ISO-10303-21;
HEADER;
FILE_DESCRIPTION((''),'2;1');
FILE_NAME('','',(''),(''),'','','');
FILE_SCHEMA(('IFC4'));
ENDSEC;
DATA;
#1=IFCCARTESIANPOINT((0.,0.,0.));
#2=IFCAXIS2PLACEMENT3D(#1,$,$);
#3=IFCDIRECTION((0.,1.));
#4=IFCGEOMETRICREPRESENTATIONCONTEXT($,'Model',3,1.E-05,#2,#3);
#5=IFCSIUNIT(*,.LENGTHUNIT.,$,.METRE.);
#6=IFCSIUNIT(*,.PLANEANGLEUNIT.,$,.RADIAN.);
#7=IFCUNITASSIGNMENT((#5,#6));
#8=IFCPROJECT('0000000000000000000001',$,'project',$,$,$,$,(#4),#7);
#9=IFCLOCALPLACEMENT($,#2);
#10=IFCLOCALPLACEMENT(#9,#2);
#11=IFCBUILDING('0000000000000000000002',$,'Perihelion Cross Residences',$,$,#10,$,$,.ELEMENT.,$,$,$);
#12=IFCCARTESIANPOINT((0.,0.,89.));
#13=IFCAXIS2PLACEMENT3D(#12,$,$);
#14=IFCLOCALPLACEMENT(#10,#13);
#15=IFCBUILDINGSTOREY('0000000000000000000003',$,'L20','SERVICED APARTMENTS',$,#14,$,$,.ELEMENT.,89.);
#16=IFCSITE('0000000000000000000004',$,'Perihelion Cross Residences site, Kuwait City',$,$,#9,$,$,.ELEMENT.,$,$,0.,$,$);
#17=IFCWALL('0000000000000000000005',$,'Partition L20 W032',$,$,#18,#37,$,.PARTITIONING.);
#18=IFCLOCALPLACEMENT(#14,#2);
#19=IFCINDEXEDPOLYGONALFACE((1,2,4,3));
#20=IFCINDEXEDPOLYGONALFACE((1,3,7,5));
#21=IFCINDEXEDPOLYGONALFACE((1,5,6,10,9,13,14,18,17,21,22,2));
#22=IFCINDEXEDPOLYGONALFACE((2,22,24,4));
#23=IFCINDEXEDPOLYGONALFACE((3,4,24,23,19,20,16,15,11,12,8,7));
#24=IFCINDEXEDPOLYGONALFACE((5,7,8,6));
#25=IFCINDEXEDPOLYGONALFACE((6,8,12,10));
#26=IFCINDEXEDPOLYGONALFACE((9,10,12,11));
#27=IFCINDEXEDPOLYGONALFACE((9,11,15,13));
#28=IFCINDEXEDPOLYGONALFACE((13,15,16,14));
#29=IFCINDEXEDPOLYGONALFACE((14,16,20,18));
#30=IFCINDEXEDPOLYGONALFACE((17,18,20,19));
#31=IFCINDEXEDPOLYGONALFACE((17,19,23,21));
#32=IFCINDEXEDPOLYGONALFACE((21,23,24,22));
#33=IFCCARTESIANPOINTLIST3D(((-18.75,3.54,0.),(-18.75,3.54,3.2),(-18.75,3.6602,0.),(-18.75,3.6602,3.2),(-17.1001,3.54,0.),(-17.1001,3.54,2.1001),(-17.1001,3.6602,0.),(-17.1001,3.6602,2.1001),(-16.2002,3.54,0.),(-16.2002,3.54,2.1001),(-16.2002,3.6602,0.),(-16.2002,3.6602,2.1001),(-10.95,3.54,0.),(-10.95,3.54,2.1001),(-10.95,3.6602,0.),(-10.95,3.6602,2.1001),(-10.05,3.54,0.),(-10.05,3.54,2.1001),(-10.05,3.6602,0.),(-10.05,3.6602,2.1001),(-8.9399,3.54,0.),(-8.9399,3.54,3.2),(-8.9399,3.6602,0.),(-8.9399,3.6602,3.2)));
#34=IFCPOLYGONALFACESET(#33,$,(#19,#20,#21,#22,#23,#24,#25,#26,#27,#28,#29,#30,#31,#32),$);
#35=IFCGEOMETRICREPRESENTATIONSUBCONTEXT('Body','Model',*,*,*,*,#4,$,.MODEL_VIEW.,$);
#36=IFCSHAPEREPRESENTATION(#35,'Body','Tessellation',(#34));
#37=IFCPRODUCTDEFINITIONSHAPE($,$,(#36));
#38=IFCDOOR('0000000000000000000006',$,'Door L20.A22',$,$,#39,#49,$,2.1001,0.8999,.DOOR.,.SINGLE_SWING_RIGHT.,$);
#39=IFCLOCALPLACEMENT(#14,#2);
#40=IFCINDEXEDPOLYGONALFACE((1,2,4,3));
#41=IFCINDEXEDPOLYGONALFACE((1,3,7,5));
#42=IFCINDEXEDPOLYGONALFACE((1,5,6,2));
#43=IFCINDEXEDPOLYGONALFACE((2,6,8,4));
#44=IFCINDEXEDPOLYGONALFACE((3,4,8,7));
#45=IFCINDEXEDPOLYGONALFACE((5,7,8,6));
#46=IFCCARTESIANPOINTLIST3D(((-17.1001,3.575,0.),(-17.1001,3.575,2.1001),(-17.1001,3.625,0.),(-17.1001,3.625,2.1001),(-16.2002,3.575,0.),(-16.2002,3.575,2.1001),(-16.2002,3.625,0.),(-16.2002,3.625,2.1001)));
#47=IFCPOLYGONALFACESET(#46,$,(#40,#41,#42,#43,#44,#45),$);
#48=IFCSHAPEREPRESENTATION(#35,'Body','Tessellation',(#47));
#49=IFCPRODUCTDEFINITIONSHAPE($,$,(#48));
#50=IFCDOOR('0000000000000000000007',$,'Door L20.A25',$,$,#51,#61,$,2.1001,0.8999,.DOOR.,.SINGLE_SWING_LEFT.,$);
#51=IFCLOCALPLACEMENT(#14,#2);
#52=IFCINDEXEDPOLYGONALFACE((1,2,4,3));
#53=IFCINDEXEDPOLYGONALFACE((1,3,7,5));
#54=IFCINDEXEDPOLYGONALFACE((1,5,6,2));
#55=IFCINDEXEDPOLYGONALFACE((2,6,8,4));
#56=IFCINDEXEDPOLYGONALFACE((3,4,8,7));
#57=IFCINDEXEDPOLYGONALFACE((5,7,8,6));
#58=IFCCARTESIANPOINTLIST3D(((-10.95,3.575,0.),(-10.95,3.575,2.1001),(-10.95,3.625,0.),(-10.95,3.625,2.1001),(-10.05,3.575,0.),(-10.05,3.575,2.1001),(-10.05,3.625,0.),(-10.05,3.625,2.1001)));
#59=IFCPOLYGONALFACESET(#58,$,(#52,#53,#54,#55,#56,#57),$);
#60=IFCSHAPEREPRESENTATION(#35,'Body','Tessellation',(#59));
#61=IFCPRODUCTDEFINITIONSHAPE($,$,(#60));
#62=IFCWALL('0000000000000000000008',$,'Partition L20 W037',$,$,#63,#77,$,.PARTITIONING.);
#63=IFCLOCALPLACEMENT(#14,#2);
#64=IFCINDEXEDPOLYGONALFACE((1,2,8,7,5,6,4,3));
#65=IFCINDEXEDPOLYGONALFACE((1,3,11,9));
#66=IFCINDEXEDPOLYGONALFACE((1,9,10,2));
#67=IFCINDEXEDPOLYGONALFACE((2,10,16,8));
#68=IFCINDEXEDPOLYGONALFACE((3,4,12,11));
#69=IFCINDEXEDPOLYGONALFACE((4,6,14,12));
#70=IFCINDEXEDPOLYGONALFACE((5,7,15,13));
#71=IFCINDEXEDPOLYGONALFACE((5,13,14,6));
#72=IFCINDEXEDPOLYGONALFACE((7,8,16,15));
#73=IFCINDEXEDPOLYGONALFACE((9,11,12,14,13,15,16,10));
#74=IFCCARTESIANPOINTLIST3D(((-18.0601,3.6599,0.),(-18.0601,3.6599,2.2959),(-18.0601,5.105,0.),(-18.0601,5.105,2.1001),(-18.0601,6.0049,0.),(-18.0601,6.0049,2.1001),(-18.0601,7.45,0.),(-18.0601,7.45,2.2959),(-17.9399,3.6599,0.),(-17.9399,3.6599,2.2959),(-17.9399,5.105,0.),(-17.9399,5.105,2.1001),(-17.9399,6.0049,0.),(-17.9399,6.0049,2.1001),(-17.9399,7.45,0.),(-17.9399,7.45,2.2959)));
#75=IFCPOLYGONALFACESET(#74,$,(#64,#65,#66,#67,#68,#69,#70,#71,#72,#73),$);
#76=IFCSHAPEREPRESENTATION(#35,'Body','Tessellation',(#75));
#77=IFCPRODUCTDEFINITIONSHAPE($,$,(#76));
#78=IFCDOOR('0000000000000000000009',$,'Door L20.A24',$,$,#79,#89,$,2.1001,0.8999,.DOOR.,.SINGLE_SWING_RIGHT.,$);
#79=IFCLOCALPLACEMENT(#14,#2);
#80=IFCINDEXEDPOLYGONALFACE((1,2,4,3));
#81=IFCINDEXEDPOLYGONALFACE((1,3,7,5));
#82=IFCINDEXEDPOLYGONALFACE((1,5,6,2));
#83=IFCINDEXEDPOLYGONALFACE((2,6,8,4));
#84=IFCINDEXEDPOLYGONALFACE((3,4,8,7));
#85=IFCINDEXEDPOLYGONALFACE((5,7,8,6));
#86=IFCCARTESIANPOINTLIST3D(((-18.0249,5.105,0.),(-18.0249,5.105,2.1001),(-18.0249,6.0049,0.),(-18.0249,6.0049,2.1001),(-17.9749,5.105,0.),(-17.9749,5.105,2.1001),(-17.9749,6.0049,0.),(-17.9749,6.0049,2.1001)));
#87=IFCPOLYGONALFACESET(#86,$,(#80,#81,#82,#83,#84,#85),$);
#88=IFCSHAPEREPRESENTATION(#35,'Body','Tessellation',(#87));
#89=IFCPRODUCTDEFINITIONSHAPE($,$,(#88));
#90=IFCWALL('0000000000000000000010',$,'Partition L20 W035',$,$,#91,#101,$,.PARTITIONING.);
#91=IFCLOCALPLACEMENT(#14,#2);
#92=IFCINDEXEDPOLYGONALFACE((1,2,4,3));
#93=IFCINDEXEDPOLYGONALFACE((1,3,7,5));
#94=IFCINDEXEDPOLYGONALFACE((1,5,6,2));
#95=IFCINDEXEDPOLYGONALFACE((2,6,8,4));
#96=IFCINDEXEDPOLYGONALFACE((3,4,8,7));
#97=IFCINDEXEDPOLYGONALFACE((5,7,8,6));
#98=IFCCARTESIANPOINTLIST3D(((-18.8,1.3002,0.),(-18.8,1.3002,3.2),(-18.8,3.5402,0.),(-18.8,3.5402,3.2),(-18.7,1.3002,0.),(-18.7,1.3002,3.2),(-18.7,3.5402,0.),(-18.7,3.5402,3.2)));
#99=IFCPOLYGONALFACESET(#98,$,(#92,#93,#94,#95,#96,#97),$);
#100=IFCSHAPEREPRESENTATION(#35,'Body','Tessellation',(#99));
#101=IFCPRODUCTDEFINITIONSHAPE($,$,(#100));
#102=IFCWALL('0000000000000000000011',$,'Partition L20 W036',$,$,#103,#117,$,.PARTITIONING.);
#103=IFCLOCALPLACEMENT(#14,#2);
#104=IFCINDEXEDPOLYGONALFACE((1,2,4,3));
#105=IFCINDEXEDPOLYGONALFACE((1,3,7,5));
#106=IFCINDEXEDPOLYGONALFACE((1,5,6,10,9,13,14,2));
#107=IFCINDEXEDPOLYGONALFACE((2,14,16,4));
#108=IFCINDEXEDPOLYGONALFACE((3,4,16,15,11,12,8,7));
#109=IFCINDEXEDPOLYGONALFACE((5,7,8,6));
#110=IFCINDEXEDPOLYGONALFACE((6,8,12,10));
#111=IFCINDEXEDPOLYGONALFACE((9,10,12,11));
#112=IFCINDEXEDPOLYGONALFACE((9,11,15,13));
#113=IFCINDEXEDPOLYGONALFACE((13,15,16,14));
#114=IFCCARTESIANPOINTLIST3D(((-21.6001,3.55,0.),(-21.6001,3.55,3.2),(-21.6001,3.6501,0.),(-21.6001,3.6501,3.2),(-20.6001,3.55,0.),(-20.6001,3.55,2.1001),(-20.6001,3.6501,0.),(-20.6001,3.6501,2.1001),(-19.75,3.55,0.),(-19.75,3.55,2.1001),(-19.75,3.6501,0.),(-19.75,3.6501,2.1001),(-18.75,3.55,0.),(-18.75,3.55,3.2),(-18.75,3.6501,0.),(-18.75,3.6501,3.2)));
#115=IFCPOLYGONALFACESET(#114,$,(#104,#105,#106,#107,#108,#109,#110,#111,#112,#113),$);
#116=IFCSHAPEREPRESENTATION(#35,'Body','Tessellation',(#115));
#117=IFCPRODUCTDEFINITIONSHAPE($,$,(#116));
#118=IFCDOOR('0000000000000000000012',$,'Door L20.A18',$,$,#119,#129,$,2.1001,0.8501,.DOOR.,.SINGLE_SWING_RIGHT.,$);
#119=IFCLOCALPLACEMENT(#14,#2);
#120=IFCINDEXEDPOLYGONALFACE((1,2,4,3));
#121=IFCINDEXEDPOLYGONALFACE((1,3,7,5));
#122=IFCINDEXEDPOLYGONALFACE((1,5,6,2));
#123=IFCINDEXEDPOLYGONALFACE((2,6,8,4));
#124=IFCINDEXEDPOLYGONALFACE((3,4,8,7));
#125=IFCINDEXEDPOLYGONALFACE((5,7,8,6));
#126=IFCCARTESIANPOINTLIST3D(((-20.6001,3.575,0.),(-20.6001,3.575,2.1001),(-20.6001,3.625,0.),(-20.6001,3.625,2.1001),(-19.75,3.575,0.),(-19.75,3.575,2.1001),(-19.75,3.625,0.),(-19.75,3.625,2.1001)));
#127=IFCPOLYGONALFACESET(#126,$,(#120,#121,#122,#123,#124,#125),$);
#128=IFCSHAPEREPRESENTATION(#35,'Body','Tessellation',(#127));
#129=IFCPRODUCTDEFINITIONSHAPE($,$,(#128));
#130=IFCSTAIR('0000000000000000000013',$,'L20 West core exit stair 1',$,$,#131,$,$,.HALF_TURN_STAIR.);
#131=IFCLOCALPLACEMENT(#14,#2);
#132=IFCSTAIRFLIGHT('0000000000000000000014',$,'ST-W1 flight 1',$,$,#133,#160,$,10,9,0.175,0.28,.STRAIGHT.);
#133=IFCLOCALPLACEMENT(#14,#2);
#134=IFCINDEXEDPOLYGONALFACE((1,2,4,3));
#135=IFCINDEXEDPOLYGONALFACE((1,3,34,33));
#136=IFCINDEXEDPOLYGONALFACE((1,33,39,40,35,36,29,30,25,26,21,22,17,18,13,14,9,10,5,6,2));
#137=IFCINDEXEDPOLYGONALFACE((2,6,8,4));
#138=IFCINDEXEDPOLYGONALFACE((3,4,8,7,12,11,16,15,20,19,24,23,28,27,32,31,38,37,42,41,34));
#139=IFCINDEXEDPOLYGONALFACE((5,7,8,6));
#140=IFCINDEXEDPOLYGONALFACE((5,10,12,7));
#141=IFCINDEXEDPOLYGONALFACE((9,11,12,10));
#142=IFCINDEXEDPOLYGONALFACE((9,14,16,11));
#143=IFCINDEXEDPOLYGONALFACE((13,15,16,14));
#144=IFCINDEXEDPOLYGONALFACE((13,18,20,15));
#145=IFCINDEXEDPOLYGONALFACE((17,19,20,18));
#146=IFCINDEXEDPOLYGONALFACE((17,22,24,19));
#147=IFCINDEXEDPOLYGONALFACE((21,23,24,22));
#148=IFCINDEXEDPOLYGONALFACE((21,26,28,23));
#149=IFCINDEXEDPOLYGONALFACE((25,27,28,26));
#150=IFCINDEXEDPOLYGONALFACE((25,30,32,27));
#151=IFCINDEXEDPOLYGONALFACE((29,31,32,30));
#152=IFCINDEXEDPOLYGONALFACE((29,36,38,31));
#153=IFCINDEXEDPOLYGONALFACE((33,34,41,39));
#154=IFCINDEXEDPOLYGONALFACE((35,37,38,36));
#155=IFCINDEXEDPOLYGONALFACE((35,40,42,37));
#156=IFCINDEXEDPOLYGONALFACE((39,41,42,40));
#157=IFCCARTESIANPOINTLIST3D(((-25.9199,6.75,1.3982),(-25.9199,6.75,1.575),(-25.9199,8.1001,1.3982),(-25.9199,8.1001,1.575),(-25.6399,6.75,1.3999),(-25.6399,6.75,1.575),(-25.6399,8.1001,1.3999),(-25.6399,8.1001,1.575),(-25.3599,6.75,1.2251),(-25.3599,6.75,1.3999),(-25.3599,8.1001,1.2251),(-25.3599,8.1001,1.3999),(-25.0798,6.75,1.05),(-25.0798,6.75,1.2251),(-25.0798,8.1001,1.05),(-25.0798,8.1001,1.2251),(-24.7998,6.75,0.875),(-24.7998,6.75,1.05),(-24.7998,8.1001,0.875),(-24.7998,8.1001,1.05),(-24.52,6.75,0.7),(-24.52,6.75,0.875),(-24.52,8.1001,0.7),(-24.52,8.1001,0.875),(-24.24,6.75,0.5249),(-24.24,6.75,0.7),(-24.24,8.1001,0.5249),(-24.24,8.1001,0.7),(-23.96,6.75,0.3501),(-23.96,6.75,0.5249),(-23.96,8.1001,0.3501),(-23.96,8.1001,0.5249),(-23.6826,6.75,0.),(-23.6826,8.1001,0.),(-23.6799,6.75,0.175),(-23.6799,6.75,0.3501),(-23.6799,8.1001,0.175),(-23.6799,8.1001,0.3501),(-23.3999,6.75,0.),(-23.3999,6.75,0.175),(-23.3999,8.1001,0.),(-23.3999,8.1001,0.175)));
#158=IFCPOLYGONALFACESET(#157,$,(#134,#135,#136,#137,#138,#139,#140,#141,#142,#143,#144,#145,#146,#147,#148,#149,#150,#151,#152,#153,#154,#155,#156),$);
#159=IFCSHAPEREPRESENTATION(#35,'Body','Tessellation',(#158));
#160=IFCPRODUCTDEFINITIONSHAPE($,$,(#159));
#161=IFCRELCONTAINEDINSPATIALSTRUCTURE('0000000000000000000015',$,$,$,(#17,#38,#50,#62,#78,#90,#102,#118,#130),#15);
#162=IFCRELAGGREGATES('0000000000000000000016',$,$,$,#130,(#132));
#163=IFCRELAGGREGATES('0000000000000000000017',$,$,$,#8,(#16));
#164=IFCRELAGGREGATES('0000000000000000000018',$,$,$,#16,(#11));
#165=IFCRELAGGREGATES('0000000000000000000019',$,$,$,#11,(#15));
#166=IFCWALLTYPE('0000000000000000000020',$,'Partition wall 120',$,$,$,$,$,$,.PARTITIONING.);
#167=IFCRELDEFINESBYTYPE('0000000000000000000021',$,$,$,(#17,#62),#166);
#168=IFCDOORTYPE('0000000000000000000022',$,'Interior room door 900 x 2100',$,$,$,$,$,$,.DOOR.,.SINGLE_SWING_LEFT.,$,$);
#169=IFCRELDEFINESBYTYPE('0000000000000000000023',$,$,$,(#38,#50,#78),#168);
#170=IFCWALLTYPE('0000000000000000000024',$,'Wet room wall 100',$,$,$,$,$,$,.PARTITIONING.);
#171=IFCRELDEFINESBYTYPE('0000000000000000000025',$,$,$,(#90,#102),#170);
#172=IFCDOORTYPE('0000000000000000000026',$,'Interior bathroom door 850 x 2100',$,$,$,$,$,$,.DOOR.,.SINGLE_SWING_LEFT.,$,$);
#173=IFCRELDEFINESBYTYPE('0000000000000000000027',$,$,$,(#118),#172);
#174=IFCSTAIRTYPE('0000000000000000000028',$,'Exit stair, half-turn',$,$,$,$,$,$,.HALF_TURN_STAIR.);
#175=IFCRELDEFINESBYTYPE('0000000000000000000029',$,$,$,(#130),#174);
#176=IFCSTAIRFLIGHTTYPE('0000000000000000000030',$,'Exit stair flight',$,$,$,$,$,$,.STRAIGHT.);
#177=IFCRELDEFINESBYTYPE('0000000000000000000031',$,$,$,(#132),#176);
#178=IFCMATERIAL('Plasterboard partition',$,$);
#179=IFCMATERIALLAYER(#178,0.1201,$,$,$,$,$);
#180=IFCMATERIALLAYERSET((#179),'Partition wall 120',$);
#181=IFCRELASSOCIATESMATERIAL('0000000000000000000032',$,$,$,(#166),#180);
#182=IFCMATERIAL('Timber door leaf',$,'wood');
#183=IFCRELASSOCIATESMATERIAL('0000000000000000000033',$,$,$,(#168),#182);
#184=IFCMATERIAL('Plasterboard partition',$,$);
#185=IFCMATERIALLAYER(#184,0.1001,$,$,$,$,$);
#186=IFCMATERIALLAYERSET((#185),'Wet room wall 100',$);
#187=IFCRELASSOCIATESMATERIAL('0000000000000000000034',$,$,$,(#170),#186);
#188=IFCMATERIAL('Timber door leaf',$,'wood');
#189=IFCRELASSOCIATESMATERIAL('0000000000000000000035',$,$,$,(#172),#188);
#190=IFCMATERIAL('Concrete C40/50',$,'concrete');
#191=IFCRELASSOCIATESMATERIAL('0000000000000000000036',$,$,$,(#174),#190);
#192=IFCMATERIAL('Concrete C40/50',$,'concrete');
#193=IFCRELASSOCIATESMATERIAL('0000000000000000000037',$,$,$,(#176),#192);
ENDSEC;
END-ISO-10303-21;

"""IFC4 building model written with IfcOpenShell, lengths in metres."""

from ifc_helpers import new_model, si_unit, direction, frame, frame_2d, origin, place, context, subcontext, project, spatial, polyline, rectangle, outline, extrude, material, layer, layer_set, type_object, element, fill, aggregate, save


model = new_model("IFC4")

# Units and contexts
model_context = context("Model", 3, precision=1e-05, world=origin(), true_north=direction((0.0, 1.0)))
body_context = subcontext(model_context, "Body", "Model", "MODEL_VIEW")
ifc_project = project(units=[si_unit("LENGTHUNIT", "METRE"), si_unit("PLANEANGLEUNIT", "RADIAN")], contexts=[model_context])

# Site, building, storey
site_placement = place(None, origin())
site = spatial("IfcSite", under=ifc_project, at=site_placement, Name="Perihelion Cross Residences site, Kuwait City", CompositionType="ELEMENT", RefElevation=0.0)
building_placement = place(site_placement, origin())
building = spatial("IfcBuilding", under=site, at=building_placement, Name="Perihelion Cross Residences", CompositionType="ELEMENT")
storey_placement = place(building_placement, frame((0.0, 0.0, 89.0)))
storey = spatial("IfcBuildingStorey", under=building, at=storey_placement, Name="L20", Description="SERVICED APARTMENTS", CompositionType="ELEMENT", Elevation=89.0)

# Wall, openings, doors
ifc_material_1 = material(Name="Plasterboard partition")
ifc_layer_1 = layer(ifc_material_1, 0.1201)
ifc_layer_set_1 = layer_set([ifc_layer_1], Name="Partition wall 120")
wall_type_1 = type_object("IfcWallType", Name="Partition wall 120", PredefinedType="PARTITIONING", material=ifc_layer_set_1)
wall_1_placement = place(storey_placement, frame((-18.75, 3.6001, 0.0), z_axis=(0.0, 0.0, 1.0), x_axis=(1.0, 0.0, 0.0)))
wall_1 = element("IfcWall", 1, at=wall_1_placement, inside=storey, type_object=wall_type_1, Name="Partition L20 W032", PredefinedType="PARTITIONING", context=body_context, shape_type="SweptSolid", body=[
    extrude(rectangle(XDim=9.8101, YDim=0.1201, at=frame_2d((4.905, 0.0))), origin(), (0.0, 0.0, 1.0), 3.2),
])
opening_1_placement = place(wall_1_placement, frame((1.6499, 0.0, 0.0)))
opening_1 = element("IfcOpeningElement", 2, at=opening_1_placement, cuts=wall_1, PredefinedType="OPENING", context=body_context, shape_type="SweptSolid", body=[
    extrude(rectangle(XDim=0.8999, YDim=2.1001, at=frame_2d((0.45, 1.05))), frame((0.0, 0.0701, 0.0), z_axis=(0.0, -1.0, 0.0), x_axis=(1.0, 0.0, 0.0)), (0.0, 0.0, 1.0), 0.1401),
])
opening_2_placement = place(wall_1_placement, frame((7.8, 0.0, 0.0)))
opening_2 = element("IfcOpeningElement", 3, at=opening_2_placement, cuts=wall_1, PredefinedType="OPENING", context=body_context, shape_type="SweptSolid", body=[
    extrude(rectangle(XDim=0.8999, YDim=2.1001, at=frame_2d((0.45, 1.05))), frame((0.0, 0.0701, 0.0), z_axis=(0.0, -1.0, 0.0), x_axis=(1.0, 0.0, 0.0)), (0.0, 0.0, 1.0), 0.1401),
])
ifc_material_2 = material(Name="Timber door leaf", Category="wood")
door_type_1 = type_object("IfcDoorType", Name="Interior room door 900 x 2100", OperationType="SINGLE_SWING_LEFT", PredefinedType="DOOR", material=ifc_material_2)
door_1_placement = place(opening_1_placement, origin())
door_1 = element("IfcDoor", 4, at=door_1_placement, inside=storey, type_object=door_type_1, Name="Door L20.A22", OperationType="SINGLE_SWING_RIGHT", OverallHeight=2.1001, OverallWidth=0.8999, PredefinedType="DOOR", context=body_context, shape_type="SweptSolid", body=[
    extrude(rectangle(XDim=0.8999, YDim=2.1001, at=frame_2d((0.45, 1.05))), frame((0.0, 0.0249, 0.0), z_axis=(0.0, -1.0, 0.0), x_axis=(1.0, 0.0, 0.0)), (0.0, 0.0, 1.0), 0.05),
])
fill(opening_1, door_1)
door_2_placement = place(opening_2_placement, origin())
door_2 = element("IfcDoor", 5, at=door_2_placement, inside=storey, type_object=door_type_1, Name="Door L20.A25", OperationType="SINGLE_SWING_LEFT", OverallHeight=2.1001, OverallWidth=0.8999, PredefinedType="DOOR", context=body_context, shape_type="SweptSolid", body=[
    extrude(rectangle(XDim=0.8999, YDim=2.1001, at=frame_2d((0.45, 1.05))), frame((0.0, 0.0249, 0.0), z_axis=(0.0, -1.0, 0.0), x_axis=(1.0, 0.0, 0.0)), (0.0, 0.0, 1.0), 0.05),
])
fill(opening_2, door_2)

# Wall, opening, door
wall_2_placement = place(storey_placement, frame((-18.0, 3.6599, 0.0), z_axis=(0.0, 0.0, 1.0), x_axis=(0.0, 1.0, 0.0)))
wall_2 = element("IfcWall", 6, at=wall_2_placement, inside=storey, type_object=wall_type_1, Name="Partition L20 W037", PredefinedType="PARTITIONING", context=body_context, shape_type="SweptSolid", body=[
    extrude(rectangle(XDim=3.79, YDim=0.1201, at=frame_2d((1.895, 0.0))), origin(), (0.0, 0.0, 1.0), 2.2959),
])
opening_3_placement = place(wall_2_placement, frame((1.4451, 0.0, 0.0)))
opening_3 = element("IfcOpeningElement", 7, at=opening_3_placement, cuts=wall_2, PredefinedType="OPENING", context=body_context, shape_type="SweptSolid", body=[
    extrude(rectangle(XDim=0.8999, YDim=2.1001, at=frame_2d((0.45, 1.05))), frame((0.0, 0.0701, 0.0), z_axis=(0.0, -1.0, 0.0), x_axis=(1.0, 0.0, 0.0)), (0.0, 0.0, 1.0), 0.1401),
])
door_3_placement = place(opening_3_placement, origin())
door_3 = element("IfcDoor", 8, at=door_3_placement, inside=storey, type_object=door_type_1, Name="Door L20.A24", OperationType="SINGLE_SWING_RIGHT", OverallHeight=2.1001, OverallWidth=0.8999, PredefinedType="DOOR", context=body_context, shape_type="SweptSolid", body=[
    extrude(rectangle(XDim=0.8999, YDim=2.1001, at=frame_2d((0.45, 1.05))), frame((0.0, 0.0249, 0.0), z_axis=(0.0, -1.0, 0.0), x_axis=(1.0, 0.0, 0.0)), (0.0, 0.0, 1.0), 0.05),
])
fill(opening_3, door_3)

# Wall
ifc_material_3 = material(Name="Plasterboard partition")
ifc_layer_2 = layer(ifc_material_3, 0.1001)
ifc_layer_set_2 = layer_set([ifc_layer_2], Name="Wet room wall 100")
wall_type_2 = type_object("IfcWallType", Name="Wet room wall 100", PredefinedType="PARTITIONING", material=ifc_layer_set_2)
wall_3_placement = place(storey_placement, frame((-18.75, 1.3, 0.0), z_axis=(0.0, 0.0, 1.0), x_axis=(0.0, 1.0, 0.0)))
element("IfcWall", 9, at=wall_3_placement, inside=storey, type_object=wall_type_2, Name="Partition L20 W035", PredefinedType="PARTITIONING", context=body_context, shape_type="SweptSolid", body=[
    extrude(rectangle(XDim=2.24, YDim=0.1001, at=frame_2d((1.1201, 0.0))), origin(), (0.0, 0.0, 1.0), 3.2),
])

# Wall, opening, door
wall_4_placement = place(storey_placement, frame((-21.6001, 3.6001, 0.0), z_axis=(0.0, 0.0, 1.0), x_axis=(1.0, 0.0, 0.0)))
wall_4 = element("IfcWall", 10, at=wall_4_placement, inside=storey, type_object=wall_type_2, Name="Partition L20 W036", PredefinedType="PARTITIONING", context=body_context, shape_type="SweptSolid", body=[
    extrude(rectangle(XDim=2.8501, YDim=0.1001, at=frame_2d((1.425, 0.0))), origin(), (0.0, 0.0, 1.0), 3.2),
])
opening_4_placement = place(wall_4_placement, frame((1.0, 0.0, 0.0)))
opening_4 = element("IfcOpeningElement", 11, at=opening_4_placement, cuts=wall_4, PredefinedType="OPENING", context=body_context, shape_type="SweptSolid", body=[
    extrude(rectangle(XDim=0.8501, YDim=2.1001, at=frame_2d((0.425, 1.05))), frame((0.0, 0.0601, 0.0), z_axis=(0.0, -1.0, 0.0), x_axis=(1.0, 0.0, 0.0)), (0.0, 0.0, 1.0), 0.1201),
])
ifc_material_4 = material(Name="Timber door leaf", Category="wood")
door_type_2 = type_object("IfcDoorType", Name="Interior bathroom door 850 x 2100", OperationType="SINGLE_SWING_LEFT", PredefinedType="DOOR", material=ifc_material_4)
door_4_placement = place(opening_4_placement, origin())
door_4 = element("IfcDoor", 12, at=door_4_placement, inside=storey, type_object=door_type_2, Name="Door L20.A18", OperationType="SINGLE_SWING_RIGHT", OverallHeight=2.1001, OverallWidth=0.8501, PredefinedType="DOOR", context=body_context, shape_type="SweptSolid", body=[
    extrude(rectangle(XDim=0.8501, YDim=2.1001, at=frame_2d((0.425, 1.05))), frame((0.0, 0.0249, 0.0), z_axis=(0.0, -1.0, 0.0), x_axis=(1.0, 0.0, 0.0)), (0.0, 0.0, 1.0), 0.05),
])
fill(opening_4, door_4)

# Stair, stair flight
ifc_material_5 = material(Name="Concrete C40/50", Category="concrete")
stair_type = type_object("IfcStairType", Name="Exit stair, half-turn", PredefinedType="HALF_TURN_STAIR", material=ifc_material_5)
stair_placement = place(storey_placement, origin())
stair = element("IfcStair", 13, at=stair_placement, inside=storey, type_object=stair_type, Name="L20 West core exit stair 1", PredefinedType="HALF_TURN_STAIR")
ifc_material_6 = material(Name="Concrete C40/50", Category="concrete")
stair_flight_type = type_object("IfcStairFlightType", Name="Exit stair flight", PredefinedType="STRAIGHT", material=ifc_material_6)
stair_flight_placement = place(storey_placement, frame((-23.3999, 7.425, 0.0), z_axis=(0.0, 0.0, 1.0), x_axis=(-1.0, 0.0, 0.0)))
stair_flight = element("IfcStairFlight", 14, at=stair_flight_placement, type_object=stair_flight_type, Name="ST-W1 flight 1", NumberOfRisers=10, NumberOfTreads=9, PredefinedType="STRAIGHT", RiserHeight=0.175, TreadLength=0.28, context=body_context, shape_type="SweptSolid", body=[
    extrude(outline(polyline([(0.0, 0.0), (0.0, 0.175), (0.28, 0.175), (0.28, 0.3501), (0.5601, 0.3501), (0.5601, 0.5249), (0.8401, 0.5249), (0.8401, 0.7), (1.1201, 0.7), (1.1201, 0.875), (1.3999, 0.875), (1.3999, 1.05), (1.6799, 1.05), (1.6799, 1.2251), (1.96, 1.2251), (1.96, 1.3999), (2.24, 1.3999), (2.24, 1.575), (2.52, 1.575), (2.52, 1.75), (2.52, 1.3982), (0.2827, 0.0), (0.0, 0.0)])), frame((0.0, 0.675, 0.0), z_axis=(0.0, -1.0, 0.0), x_axis=(1.0, 0.0, 0.0)), (0.0, 0.0, 1.0), 1.3501),
])
aggregate(stair, [stair_flight])

save(model, "model.ifc")
